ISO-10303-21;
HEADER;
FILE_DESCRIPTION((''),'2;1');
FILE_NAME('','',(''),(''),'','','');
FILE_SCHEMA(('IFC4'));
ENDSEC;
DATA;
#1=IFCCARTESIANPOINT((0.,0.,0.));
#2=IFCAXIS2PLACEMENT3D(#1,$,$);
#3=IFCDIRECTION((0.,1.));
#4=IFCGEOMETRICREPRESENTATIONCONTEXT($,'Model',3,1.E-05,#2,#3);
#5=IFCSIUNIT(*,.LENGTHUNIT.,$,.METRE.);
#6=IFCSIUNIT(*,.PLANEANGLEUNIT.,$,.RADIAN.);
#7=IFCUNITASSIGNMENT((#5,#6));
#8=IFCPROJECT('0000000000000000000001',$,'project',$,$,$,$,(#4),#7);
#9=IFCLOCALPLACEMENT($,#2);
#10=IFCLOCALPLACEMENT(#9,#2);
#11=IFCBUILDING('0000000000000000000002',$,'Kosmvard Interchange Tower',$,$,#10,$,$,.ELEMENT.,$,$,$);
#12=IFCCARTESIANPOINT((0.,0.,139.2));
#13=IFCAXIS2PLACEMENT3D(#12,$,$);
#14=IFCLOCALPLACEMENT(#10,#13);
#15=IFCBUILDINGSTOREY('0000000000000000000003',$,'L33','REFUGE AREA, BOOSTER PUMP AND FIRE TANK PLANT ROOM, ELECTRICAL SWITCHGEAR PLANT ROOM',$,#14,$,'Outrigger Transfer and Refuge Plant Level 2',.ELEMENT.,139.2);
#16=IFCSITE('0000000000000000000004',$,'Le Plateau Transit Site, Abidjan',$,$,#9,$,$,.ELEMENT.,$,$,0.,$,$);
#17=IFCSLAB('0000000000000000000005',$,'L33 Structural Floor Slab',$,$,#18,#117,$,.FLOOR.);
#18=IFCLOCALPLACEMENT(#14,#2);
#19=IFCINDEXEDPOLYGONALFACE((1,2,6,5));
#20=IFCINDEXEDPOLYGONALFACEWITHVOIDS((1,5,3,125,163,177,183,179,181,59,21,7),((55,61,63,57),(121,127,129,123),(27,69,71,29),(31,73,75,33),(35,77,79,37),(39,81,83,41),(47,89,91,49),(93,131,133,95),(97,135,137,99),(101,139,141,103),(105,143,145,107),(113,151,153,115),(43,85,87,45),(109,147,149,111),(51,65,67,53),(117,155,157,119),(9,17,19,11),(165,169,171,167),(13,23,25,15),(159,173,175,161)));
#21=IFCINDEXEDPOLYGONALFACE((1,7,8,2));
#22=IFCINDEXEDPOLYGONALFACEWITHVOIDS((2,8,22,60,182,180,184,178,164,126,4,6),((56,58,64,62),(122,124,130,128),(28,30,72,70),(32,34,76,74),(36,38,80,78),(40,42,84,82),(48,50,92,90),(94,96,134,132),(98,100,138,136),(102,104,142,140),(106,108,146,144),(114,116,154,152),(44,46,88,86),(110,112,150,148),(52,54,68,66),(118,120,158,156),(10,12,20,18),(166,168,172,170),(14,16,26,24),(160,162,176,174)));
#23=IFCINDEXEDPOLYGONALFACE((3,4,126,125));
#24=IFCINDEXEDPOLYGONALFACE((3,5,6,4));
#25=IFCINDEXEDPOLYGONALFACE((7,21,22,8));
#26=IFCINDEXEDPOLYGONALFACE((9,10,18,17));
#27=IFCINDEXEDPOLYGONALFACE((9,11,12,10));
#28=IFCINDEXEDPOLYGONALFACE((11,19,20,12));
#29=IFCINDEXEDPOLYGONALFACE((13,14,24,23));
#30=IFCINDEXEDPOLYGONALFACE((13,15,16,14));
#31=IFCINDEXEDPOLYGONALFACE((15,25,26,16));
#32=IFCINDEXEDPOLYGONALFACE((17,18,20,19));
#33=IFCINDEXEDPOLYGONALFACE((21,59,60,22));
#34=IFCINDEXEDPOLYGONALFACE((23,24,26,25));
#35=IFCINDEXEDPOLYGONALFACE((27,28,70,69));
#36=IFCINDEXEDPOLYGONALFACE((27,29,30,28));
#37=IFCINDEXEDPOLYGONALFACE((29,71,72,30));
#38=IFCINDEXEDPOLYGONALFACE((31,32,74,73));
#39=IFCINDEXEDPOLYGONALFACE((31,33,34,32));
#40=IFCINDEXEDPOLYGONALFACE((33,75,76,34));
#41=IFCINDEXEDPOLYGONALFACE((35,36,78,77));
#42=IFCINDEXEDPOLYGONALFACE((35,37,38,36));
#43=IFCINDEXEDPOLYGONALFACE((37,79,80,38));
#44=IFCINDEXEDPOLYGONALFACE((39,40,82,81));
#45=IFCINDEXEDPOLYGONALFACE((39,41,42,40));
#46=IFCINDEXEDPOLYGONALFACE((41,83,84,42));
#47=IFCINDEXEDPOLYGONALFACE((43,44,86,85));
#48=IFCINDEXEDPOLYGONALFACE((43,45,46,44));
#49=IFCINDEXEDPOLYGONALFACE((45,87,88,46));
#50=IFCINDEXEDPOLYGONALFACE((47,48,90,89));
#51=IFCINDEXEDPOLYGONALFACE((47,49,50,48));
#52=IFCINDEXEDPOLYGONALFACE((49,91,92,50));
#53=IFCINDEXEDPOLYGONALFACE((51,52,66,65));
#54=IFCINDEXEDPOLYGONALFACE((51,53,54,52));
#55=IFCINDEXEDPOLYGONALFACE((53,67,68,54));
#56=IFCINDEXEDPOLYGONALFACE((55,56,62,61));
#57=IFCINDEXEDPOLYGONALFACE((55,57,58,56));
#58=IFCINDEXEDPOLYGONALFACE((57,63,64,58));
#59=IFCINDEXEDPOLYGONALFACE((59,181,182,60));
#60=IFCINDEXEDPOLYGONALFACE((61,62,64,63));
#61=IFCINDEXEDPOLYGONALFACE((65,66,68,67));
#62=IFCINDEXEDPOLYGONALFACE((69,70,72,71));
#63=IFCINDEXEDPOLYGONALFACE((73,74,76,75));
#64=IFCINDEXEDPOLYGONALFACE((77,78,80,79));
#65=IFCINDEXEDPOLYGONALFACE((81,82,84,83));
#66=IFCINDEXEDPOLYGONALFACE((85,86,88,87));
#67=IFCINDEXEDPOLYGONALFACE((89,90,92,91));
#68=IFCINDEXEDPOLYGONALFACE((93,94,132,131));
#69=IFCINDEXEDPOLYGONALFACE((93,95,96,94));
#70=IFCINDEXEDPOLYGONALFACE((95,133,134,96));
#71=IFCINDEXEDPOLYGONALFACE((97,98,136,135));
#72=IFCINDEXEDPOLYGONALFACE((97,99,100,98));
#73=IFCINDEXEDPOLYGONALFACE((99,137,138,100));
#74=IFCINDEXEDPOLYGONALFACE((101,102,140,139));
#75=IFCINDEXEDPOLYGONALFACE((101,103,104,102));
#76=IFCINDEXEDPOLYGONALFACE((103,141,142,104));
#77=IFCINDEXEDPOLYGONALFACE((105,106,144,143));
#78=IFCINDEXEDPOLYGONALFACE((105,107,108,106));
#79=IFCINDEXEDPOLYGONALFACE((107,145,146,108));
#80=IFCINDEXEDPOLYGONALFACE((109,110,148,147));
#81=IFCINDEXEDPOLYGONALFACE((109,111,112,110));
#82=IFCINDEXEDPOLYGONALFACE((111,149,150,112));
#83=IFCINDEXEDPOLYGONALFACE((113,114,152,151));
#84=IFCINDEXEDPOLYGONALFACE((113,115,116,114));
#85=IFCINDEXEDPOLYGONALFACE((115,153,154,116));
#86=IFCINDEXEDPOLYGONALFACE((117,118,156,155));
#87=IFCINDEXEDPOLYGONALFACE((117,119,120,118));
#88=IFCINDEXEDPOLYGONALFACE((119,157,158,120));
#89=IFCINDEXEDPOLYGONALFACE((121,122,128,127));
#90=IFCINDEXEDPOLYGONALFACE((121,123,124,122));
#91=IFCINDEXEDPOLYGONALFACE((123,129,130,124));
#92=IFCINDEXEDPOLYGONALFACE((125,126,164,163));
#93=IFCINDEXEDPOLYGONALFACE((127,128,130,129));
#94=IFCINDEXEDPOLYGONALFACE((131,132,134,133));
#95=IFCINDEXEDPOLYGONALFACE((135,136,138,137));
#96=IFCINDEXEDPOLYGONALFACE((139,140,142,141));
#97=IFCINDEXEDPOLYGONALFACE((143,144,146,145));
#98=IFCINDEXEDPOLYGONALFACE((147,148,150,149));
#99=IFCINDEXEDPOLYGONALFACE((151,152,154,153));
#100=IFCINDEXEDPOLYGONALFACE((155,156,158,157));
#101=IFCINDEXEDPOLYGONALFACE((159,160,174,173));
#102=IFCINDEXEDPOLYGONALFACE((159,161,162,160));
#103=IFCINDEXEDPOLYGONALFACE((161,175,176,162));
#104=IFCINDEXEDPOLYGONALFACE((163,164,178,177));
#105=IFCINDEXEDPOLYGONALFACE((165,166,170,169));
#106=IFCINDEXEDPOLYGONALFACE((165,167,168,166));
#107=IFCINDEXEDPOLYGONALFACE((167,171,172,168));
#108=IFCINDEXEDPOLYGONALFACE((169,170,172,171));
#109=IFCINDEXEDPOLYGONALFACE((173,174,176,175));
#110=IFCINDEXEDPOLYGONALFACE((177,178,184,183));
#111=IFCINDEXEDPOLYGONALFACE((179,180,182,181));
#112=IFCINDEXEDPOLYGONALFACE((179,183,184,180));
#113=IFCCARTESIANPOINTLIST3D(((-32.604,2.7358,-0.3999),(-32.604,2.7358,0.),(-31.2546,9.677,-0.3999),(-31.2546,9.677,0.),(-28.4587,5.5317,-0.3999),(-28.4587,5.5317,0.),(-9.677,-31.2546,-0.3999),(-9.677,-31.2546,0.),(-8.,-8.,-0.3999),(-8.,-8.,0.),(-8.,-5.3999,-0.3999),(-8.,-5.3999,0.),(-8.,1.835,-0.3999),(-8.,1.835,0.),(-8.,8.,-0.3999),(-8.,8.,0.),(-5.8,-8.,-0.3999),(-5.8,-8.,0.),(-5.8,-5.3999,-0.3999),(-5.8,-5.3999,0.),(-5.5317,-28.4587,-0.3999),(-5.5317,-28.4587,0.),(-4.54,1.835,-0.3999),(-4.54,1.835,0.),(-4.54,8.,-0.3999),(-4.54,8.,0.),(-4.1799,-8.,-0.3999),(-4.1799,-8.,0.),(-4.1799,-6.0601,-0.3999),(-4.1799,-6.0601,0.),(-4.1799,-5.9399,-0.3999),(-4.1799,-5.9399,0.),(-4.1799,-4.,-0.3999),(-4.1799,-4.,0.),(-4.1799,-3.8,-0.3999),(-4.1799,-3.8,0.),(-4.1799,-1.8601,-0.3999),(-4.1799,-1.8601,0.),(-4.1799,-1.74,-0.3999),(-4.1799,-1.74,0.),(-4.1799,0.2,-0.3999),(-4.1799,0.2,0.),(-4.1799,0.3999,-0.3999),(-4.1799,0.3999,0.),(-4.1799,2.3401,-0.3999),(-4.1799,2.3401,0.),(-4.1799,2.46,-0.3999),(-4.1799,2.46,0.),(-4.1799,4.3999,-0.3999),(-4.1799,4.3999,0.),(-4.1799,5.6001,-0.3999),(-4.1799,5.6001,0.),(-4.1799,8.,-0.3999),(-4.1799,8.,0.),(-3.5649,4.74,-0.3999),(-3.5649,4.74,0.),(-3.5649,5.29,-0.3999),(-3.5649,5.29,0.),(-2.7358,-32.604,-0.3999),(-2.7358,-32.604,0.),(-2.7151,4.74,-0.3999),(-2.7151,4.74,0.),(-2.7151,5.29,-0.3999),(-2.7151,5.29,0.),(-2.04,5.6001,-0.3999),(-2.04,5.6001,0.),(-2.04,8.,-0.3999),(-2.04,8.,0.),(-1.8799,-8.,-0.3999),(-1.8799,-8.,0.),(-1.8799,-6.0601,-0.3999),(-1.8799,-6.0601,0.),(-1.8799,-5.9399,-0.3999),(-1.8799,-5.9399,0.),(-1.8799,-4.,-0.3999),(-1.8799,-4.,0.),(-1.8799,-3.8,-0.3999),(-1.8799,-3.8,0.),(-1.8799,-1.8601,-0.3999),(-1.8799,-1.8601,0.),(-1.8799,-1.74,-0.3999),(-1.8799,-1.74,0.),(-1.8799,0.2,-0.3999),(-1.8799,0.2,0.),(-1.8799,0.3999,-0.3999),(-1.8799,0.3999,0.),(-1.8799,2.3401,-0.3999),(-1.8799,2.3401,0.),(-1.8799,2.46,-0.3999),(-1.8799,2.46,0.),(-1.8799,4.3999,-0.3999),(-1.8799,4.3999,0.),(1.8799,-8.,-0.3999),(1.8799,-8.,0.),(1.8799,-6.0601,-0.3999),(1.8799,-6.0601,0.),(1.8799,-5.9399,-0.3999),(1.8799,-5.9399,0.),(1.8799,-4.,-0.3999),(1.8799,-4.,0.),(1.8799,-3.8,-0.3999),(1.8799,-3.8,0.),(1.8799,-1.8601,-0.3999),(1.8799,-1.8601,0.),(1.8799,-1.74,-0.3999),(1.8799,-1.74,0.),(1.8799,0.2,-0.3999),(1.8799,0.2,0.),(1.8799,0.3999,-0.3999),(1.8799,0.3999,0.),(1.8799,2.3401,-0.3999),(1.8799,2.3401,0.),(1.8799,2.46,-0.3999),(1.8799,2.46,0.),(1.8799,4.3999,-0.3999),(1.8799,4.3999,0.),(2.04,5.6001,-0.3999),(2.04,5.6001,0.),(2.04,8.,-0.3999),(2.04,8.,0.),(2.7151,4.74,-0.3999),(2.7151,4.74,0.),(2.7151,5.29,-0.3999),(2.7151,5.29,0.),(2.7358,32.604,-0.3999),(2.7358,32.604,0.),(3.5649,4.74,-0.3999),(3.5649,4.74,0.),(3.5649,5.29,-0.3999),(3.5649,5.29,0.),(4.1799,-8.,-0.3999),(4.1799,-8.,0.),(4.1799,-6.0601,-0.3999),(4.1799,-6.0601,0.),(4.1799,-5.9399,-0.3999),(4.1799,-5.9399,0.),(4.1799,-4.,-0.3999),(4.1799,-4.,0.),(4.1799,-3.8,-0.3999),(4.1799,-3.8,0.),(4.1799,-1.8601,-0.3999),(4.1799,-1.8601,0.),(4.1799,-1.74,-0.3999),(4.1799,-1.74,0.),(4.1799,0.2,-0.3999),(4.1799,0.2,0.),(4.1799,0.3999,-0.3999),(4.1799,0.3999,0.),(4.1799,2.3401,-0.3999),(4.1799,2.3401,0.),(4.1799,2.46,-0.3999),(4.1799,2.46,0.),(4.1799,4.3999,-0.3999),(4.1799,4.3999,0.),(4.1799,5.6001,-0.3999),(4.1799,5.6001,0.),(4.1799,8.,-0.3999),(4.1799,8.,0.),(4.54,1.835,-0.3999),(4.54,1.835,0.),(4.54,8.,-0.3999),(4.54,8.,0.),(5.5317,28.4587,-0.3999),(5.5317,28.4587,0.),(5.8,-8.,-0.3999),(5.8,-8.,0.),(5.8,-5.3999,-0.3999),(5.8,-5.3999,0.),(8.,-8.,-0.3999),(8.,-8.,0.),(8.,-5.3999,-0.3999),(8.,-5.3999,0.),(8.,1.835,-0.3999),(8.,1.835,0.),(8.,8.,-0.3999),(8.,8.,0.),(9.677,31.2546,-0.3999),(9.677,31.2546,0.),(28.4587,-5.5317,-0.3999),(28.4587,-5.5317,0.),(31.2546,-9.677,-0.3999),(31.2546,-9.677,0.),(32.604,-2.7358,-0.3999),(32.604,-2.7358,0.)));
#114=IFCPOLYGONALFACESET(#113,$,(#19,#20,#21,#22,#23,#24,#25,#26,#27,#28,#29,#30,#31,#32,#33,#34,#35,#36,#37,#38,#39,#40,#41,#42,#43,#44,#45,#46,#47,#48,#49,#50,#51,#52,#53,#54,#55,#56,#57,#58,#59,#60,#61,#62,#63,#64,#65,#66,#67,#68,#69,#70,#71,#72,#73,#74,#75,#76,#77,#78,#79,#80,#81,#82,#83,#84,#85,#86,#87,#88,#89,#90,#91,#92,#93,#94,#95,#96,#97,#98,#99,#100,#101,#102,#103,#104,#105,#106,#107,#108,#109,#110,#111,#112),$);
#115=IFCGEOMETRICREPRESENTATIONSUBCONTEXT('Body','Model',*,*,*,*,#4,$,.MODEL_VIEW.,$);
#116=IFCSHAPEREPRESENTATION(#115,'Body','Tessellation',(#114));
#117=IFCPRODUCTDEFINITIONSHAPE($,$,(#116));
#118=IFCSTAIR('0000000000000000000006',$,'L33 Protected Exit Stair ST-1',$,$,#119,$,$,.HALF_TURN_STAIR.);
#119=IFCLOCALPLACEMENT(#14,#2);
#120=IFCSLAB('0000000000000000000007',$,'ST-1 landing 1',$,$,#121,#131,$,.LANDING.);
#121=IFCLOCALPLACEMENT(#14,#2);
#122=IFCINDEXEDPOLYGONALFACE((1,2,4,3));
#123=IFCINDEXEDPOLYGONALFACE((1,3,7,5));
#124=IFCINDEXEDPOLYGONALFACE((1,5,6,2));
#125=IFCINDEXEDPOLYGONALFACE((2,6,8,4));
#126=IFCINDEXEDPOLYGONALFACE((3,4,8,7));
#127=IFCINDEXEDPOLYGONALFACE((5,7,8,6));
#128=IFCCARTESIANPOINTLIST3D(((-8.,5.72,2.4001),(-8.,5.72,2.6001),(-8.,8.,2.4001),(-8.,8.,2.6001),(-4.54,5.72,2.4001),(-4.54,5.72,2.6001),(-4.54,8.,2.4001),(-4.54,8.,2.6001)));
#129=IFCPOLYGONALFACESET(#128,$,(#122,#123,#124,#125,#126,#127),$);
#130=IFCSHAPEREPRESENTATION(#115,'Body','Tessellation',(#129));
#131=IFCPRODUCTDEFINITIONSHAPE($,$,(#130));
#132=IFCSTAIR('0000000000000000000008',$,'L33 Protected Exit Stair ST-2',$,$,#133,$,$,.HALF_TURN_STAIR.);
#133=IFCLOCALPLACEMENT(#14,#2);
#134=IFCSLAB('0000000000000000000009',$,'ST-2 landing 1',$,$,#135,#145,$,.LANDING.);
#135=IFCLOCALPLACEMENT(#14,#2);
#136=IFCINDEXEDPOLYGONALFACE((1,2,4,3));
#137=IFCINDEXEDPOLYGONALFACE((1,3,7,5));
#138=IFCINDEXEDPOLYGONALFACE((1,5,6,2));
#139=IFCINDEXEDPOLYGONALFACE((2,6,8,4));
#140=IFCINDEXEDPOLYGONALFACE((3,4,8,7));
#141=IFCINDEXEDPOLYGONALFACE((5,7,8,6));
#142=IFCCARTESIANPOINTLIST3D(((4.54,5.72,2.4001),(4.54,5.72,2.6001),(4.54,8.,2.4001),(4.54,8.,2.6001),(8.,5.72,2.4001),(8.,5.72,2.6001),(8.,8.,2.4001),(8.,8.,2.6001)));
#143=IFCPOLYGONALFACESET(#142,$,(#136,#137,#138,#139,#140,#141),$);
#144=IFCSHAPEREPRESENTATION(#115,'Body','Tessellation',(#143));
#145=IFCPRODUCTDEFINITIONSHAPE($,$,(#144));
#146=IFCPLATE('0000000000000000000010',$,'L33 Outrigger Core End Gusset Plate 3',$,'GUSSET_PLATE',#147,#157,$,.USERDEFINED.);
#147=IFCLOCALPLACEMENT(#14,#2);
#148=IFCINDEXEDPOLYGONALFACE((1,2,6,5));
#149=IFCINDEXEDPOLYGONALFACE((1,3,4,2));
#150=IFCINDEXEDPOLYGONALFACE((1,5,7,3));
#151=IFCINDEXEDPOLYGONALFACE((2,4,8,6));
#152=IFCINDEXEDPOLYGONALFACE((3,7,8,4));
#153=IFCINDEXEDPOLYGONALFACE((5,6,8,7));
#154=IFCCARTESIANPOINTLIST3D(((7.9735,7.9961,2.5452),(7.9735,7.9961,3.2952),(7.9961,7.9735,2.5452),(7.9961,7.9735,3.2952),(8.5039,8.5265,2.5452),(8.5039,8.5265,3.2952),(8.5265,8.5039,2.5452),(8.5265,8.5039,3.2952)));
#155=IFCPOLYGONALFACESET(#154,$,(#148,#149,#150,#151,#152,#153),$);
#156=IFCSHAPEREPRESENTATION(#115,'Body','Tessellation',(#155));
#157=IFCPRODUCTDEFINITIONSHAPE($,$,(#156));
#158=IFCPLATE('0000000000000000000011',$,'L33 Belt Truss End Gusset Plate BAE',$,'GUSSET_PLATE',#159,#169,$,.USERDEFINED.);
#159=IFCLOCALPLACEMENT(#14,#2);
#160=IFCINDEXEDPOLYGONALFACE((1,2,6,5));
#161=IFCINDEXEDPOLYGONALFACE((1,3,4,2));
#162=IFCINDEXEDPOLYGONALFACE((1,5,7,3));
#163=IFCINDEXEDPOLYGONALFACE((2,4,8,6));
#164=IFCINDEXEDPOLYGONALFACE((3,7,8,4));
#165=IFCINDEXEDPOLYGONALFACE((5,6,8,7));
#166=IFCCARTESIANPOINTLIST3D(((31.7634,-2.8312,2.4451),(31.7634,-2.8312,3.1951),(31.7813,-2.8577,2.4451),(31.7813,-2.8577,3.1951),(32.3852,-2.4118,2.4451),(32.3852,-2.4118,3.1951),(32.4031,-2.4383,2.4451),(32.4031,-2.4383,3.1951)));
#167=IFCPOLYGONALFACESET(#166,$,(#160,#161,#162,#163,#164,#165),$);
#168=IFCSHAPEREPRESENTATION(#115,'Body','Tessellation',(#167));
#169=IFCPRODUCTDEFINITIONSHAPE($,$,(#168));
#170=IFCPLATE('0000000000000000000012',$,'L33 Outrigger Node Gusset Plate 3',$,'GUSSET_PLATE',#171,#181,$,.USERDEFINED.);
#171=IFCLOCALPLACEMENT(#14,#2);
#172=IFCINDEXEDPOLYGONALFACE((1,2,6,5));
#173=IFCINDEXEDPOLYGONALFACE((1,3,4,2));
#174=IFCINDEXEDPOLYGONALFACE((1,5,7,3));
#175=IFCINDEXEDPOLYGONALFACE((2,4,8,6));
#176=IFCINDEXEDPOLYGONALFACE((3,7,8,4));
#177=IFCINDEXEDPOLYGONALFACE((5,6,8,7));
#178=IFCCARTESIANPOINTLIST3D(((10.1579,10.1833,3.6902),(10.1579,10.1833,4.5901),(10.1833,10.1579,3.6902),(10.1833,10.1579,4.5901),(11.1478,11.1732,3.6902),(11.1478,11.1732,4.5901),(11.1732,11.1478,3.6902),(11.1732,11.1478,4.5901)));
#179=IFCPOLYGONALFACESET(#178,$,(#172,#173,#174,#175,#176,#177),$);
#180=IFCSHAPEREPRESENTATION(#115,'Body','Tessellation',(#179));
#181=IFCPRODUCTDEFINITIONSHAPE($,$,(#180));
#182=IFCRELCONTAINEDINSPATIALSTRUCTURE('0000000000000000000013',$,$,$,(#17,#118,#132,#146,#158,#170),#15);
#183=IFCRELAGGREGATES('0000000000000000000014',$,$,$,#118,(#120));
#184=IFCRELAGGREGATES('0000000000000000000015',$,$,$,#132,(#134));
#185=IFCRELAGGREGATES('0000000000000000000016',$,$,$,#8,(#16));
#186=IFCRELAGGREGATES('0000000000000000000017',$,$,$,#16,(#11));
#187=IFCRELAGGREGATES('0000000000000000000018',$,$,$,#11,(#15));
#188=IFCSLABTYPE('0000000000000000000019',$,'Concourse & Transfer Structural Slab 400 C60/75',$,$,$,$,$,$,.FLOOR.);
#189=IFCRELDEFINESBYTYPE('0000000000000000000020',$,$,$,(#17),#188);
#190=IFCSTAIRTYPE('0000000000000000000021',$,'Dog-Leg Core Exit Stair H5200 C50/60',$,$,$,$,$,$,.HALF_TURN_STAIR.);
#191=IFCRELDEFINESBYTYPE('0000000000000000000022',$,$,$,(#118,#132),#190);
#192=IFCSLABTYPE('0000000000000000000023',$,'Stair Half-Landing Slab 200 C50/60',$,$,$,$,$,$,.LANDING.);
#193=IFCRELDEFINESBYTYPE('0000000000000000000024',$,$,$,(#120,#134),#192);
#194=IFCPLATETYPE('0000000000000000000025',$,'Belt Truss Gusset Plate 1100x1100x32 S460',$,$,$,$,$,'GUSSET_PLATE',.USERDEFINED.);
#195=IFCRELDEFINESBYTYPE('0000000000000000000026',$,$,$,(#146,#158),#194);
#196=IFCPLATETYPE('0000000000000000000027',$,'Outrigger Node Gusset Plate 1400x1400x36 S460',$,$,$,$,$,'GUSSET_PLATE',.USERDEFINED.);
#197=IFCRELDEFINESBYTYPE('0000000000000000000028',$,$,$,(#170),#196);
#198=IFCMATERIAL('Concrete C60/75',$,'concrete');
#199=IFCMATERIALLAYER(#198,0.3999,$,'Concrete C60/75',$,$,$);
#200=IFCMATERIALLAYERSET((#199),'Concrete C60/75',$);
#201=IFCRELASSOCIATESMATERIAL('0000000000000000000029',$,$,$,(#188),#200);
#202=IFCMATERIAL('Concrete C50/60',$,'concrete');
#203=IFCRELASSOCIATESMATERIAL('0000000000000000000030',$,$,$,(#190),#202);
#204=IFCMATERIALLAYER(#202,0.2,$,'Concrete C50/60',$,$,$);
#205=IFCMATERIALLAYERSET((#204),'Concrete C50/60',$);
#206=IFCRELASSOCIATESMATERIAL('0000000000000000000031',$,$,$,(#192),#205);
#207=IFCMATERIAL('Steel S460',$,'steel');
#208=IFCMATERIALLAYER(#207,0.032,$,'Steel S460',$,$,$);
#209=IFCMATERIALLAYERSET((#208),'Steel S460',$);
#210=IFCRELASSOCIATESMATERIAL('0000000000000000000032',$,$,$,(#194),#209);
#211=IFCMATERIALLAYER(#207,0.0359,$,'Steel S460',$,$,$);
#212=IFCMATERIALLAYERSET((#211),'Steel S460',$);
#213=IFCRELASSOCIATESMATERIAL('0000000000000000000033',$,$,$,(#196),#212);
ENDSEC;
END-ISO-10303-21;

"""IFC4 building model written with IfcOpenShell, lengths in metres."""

from ifc_helpers import new_model, si_unit, direction, frame, origin, origin_2d, place, context, subcontext, project, spatial, polyline, rectangle, outline, extrude, source, transform, mapped, material, layer, layer_set, type_object, element, aggregate, save


model = new_model("IFC4")

# Units and contexts
model_context = context("Model", 3, precision=1e-05, world=origin(), true_north=direction((0.0, 1.0)))
body_context = subcontext(model_context, "Body", "Model", "MODEL_VIEW")
ifc_project = project(units=[si_unit("LENGTHUNIT", "METRE"), si_unit("PLANEANGLEUNIT", "RADIAN")], contexts=[model_context])

# Site, building, storey
site_placement = place(None, origin())
site = spatial("IfcSite", under=ifc_project, at=site_placement, Name="Le Plateau Transit Site, Abidjan", CompositionType="ELEMENT", RefElevation=0.0)
building_placement = place(site_placement, origin())
building = spatial("IfcBuilding", under=site, at=building_placement, Name="Kosmvard Interchange Tower", CompositionType="ELEMENT")
storey_placement = place(building_placement, frame((0.0, 0.0, 139.2)))
storey = spatial("IfcBuildingStorey", under=building, at=storey_placement, Name="L33", Description="REFUGE AREA, BOOSTER PUMP AND FIRE TANK PLANT ROOM, ELECTRICAL SWITCHGEAR PLANT ROOM", LongName="Outrigger Transfer and Refuge Plant Level 2", CompositionType="ELEMENT", Elevation=139.2)

# Shared definitions
ifc_material_1 = material(Name="Steel S460", Category="steel")
ifc_material_2 = material(Name="Concrete C60/75", Category="concrete")

# Slab
ifc_layer_1 = layer(ifc_material_2, 0.3999, Name="Concrete C60/75")
ifc_layer_set_1 = layer_set([ifc_layer_1], Name="Concrete C60/75")
slab_type_1 = type_object("IfcSlabType", Name="Concourse & Transfer Structural Slab 400 C60/75", PredefinedType="FLOOR", material=ifc_layer_set_1)
slab_1_placement = place(storey_placement, frame((0.0, 0.0, -0.3999)))
element("IfcSlab", 1, at=slab_1_placement, inside=storey, type_object=slab_type_1, Name="L33 Structural Floor Slab", PredefinedType="FLOOR", context=body_context, shape_type="SweptSolid", body=[
    extrude(outline(polyline([(-2.7358, -32.604), (31.2546, -9.677), (28.4587, -5.5317), (32.604, -2.7358), (9.677, 31.2546), (5.5317, 28.4587), (2.7358, 32.604), (-31.2546, 9.677), (-28.4587, 5.5317), (-32.604, 2.7358), (-9.677, -31.2546), (-5.5317, -28.4587), (-2.7358, -32.604)]), holes=[polyline([(-8.0, 1.835), (-4.54, 1.835), (-4.54, 8.0), (-8.0, 8.0), (-8.0, 1.835)]), polyline([(4.54, 1.835), (8.0, 1.835), (8.0, 8.0), (4.54, 8.0), (4.54, 1.835)]), polyline([(-8.0, -8.0), (-5.8, -8.0), (-5.8, -5.3999), (-8.0, -5.3999), (-8.0, -8.0)]), polyline([(5.8, -8.0), (8.0, -8.0), (8.0, -5.3999), (5.8, -5.3999), (5.8, -8.0)]), polyline([(-4.1799, -8.0), (-1.8799, -8.0), (-1.8799, -6.0601), (-4.1799, -6.0601), (-4.1799, -8.0)]), polyline([(-4.1799, -5.9399), (-1.8799, -5.9399), (-1.8799, -4.0), (-4.1799, -4.0), (-4.1799, -5.9399)]), polyline([(1.8799, -8.0), (4.1799, -8.0), (4.1799, -6.0601), (1.8799, -6.0601), (1.8799, -8.0)]), polyline([(1.8799, -5.9399), (4.1799, -5.9399), (4.1799, -4.0), (1.8799, -4.0), (1.8799, -5.9399)]), polyline([(-4.1799, -3.8), (-1.8799, -3.8), (-1.8799, -1.8601), (-4.1799, -1.8601), (-4.1799, -3.8)]), polyline([(-4.1799, -1.74), (-1.8799, -1.74), (-1.8799, 0.2), (-4.1799, 0.2), (-4.1799, -1.74)]), polyline([(1.8799, -3.8), (4.1799, -3.8), (4.1799, -1.8601), (1.8799, -1.8601), (1.8799, -3.8)]), polyline([(1.8799, -1.74), (4.1799, -1.74), (4.1799, 0.2), (1.8799, 0.2), (1.8799, -1.74)]), polyline([(-4.1799, 0.3999), (-1.8799, 0.3999), (-1.8799, 2.3401), (-4.1799, 2.3401), (-4.1799, 0.3999)]), polyline([(-4.1799, 2.46), (-1.8799, 2.46), (-1.8799, 4.3999), (-4.1799, 4.3999), (-4.1799, 2.46)]), polyline([(1.8799, 0.3999), (4.1799, 0.3999), (4.1799, 2.3401), (1.8799, 2.3401), (1.8799, 0.3999)]), polyline([(1.8799, 2.46), (4.1799, 2.46), (4.1799, 4.3999), (1.8799, 4.3999), (1.8799, 2.46)]), polyline([(-4.1799, 5.6001), (-2.04, 5.6001), (-2.04, 8.0), (-4.1799, 8.0), (-4.1799, 5.6001)]), polyline([(2.04, 5.6001), (4.1799, 5.6001), (4.1799, 8.0), (2.04, 8.0), (2.04, 5.6001)]), polyline([(-3.5649, 4.74), (-2.7151, 4.74), (-2.7151, 5.29), (-3.5649, 5.29), (-3.5649, 4.74)]), polyline([(2.7151, 4.74), (3.5649, 4.74), (3.5649, 5.29), (2.7151, 5.29), (2.7151, 4.74)])]), origin(), (0.0, 0.0, 1.0), 0.3999),
])

# Stairs, slabs
ifc_material_3 = material(Name="Concrete C50/60", Category="concrete")
stair_type = type_object("IfcStairType", Name="Dog-Leg Core Exit Stair H5200 C50/60", PredefinedType="HALF_TURN_STAIR", material=ifc_material_3)
stair_1_placement = place(storey_placement, origin())
stair_1 = element("IfcStair", 2, at=stair_1_placement, inside=storey, type_object=stair_type, Name="L33 Protected Exit Stair ST-1", PredefinedType="HALF_TURN_STAIR")
ifc_layer_2 = layer(ifc_material_3, 0.2, Name="Concrete C50/60")
ifc_layer_set_2 = layer_set([ifc_layer_2], Name="Concrete C50/60")
slab_type_2 = type_object("IfcSlabType", Name="Stair Half-Landing Slab 200 C50/60", PredefinedType="LANDING", material=ifc_layer_set_2)
slab_2_placement = place(storey_placement, frame((0.0, 0.0, 2.4001)))
slab_2 = element("IfcSlab", 3, at=slab_2_placement, type_object=slab_type_2, Name="ST-1 landing 1", PredefinedType="LANDING", context=body_context, shape_type="SweptSolid", body=[
    extrude(outline(polyline([(-4.54, 5.72), (-4.54, 8.0), (-8.0, 8.0), (-8.0, 5.72), (-4.54, 5.72)])), origin(), (0.0, 0.0, 1.0), 0.2),
])
aggregate(stair_1, [slab_2])
stair_2_placement = place(storey_placement, origin())
stair_2 = element("IfcStair", 4, at=stair_2_placement, inside=storey, type_object=stair_type, Name="L33 Protected Exit Stair ST-2", PredefinedType="HALF_TURN_STAIR")
slab_3_placement = place(storey_placement, frame((0.0, 0.0, 2.4001)))
slab_3 = element("IfcSlab", 5, at=slab_3_placement, type_object=slab_type_2, Name="ST-2 landing 1", PredefinedType="LANDING", context=body_context, shape_type="SweptSolid", body=[
    extrude(outline(polyline([(8.0, 5.72), (8.0, 8.0), (4.54, 8.0), (4.54, 5.72), (8.0, 5.72)])), origin(), (0.0, 0.0, 1.0), 0.2),
])

# Plates
ifc_layer_3 = layer(ifc_material_1, 0.032, Name="Steel S460")
ifc_layer_set_3 = layer_set([ifc_layer_3], Name="Steel S460")
plate_type_1 = type_object("IfcPlateType", Name="Belt Truss Gusset Plate 1100x1100x32 S460", ElementType="GUSSET_PLATE", PredefinedType="USERDEFINED", material=ifc_layer_set_3)
shared_shape_1 = source(origin(), body_context, "Body", "SweptSolid", [
    extrude(rectangle(XDim=0.75, YDim=0.032, at=origin_2d()), origin(), (0.0, 0.0, 1.0), 0.75),
])
for number, where, z_axis, x_axis, name in (
    (6, (8.25, 8.25, 2.5452), (0.0, 0.0, 1.0), (0.707107, 0.707107, 0.0), "L33 Outrigger Core End Gusset Plate 3"),
    (7, (32.0833, -2.6348, 2.4451), (0.0, 0.0, 1.0), (0.829038, 0.559193, 0.0), "L33 Belt Truss End Gusset Plate BAE"),
):
    element("IfcPlate", number, at=place(storey_placement, frame(where, z_axis=z_axis, x_axis=x_axis)), inside=storey, type_object=plate_type_1, Name=name, ObjectType="GUSSET_PLATE", PredefinedType="USERDEFINED", context=body_context, shape_type="MappedRepresentation", body=[
        mapped(shared_shape_1, transform((0.0, 0.0, 0.0), scale=1.0)),
    ])
ifc_layer_4 = layer(ifc_material_1, 0.0359, Name="Steel S460")
ifc_layer_set_4 = layer_set([ifc_layer_4], Name="Steel S460")
plate_type_2 = type_object("IfcPlateType", Name="Outrigger Node Gusset Plate 1400x1400x36 S460", ElementType="GUSSET_PLATE", PredefinedType="USERDEFINED", material=ifc_layer_set_4)
shared_shape_2 = source(origin(), body_context, "Body", "SweptSolid", [
    extrude(rectangle(XDim=1.3999, YDim=0.0359, at=origin_2d()), origin(), (0.0, 0.0, 1.0), 0.8999),
])
plate_placement = place(storey_placement, frame((10.6655, 10.6655, 3.6902), z_axis=(0.0, 0.0, 1.0), x_axis=(0.707107, 0.707107, 0.0)))
element("IfcPlate", 8, at=plate_placement, inside=storey, type_object=plate_type_2, Name="L33 Outrigger Node Gusset Plate 3", ObjectType="GUSSET_PLATE", PredefinedType="USERDEFINED", context=body_context, shape_type="MappedRepresentation", body=[
    mapped(shared_shape_2, transform((0.0, 0.0, 0.0), scale=1.0)),
])

aggregate(stair_2, [slab_3])

save(model, "model.ifc")
